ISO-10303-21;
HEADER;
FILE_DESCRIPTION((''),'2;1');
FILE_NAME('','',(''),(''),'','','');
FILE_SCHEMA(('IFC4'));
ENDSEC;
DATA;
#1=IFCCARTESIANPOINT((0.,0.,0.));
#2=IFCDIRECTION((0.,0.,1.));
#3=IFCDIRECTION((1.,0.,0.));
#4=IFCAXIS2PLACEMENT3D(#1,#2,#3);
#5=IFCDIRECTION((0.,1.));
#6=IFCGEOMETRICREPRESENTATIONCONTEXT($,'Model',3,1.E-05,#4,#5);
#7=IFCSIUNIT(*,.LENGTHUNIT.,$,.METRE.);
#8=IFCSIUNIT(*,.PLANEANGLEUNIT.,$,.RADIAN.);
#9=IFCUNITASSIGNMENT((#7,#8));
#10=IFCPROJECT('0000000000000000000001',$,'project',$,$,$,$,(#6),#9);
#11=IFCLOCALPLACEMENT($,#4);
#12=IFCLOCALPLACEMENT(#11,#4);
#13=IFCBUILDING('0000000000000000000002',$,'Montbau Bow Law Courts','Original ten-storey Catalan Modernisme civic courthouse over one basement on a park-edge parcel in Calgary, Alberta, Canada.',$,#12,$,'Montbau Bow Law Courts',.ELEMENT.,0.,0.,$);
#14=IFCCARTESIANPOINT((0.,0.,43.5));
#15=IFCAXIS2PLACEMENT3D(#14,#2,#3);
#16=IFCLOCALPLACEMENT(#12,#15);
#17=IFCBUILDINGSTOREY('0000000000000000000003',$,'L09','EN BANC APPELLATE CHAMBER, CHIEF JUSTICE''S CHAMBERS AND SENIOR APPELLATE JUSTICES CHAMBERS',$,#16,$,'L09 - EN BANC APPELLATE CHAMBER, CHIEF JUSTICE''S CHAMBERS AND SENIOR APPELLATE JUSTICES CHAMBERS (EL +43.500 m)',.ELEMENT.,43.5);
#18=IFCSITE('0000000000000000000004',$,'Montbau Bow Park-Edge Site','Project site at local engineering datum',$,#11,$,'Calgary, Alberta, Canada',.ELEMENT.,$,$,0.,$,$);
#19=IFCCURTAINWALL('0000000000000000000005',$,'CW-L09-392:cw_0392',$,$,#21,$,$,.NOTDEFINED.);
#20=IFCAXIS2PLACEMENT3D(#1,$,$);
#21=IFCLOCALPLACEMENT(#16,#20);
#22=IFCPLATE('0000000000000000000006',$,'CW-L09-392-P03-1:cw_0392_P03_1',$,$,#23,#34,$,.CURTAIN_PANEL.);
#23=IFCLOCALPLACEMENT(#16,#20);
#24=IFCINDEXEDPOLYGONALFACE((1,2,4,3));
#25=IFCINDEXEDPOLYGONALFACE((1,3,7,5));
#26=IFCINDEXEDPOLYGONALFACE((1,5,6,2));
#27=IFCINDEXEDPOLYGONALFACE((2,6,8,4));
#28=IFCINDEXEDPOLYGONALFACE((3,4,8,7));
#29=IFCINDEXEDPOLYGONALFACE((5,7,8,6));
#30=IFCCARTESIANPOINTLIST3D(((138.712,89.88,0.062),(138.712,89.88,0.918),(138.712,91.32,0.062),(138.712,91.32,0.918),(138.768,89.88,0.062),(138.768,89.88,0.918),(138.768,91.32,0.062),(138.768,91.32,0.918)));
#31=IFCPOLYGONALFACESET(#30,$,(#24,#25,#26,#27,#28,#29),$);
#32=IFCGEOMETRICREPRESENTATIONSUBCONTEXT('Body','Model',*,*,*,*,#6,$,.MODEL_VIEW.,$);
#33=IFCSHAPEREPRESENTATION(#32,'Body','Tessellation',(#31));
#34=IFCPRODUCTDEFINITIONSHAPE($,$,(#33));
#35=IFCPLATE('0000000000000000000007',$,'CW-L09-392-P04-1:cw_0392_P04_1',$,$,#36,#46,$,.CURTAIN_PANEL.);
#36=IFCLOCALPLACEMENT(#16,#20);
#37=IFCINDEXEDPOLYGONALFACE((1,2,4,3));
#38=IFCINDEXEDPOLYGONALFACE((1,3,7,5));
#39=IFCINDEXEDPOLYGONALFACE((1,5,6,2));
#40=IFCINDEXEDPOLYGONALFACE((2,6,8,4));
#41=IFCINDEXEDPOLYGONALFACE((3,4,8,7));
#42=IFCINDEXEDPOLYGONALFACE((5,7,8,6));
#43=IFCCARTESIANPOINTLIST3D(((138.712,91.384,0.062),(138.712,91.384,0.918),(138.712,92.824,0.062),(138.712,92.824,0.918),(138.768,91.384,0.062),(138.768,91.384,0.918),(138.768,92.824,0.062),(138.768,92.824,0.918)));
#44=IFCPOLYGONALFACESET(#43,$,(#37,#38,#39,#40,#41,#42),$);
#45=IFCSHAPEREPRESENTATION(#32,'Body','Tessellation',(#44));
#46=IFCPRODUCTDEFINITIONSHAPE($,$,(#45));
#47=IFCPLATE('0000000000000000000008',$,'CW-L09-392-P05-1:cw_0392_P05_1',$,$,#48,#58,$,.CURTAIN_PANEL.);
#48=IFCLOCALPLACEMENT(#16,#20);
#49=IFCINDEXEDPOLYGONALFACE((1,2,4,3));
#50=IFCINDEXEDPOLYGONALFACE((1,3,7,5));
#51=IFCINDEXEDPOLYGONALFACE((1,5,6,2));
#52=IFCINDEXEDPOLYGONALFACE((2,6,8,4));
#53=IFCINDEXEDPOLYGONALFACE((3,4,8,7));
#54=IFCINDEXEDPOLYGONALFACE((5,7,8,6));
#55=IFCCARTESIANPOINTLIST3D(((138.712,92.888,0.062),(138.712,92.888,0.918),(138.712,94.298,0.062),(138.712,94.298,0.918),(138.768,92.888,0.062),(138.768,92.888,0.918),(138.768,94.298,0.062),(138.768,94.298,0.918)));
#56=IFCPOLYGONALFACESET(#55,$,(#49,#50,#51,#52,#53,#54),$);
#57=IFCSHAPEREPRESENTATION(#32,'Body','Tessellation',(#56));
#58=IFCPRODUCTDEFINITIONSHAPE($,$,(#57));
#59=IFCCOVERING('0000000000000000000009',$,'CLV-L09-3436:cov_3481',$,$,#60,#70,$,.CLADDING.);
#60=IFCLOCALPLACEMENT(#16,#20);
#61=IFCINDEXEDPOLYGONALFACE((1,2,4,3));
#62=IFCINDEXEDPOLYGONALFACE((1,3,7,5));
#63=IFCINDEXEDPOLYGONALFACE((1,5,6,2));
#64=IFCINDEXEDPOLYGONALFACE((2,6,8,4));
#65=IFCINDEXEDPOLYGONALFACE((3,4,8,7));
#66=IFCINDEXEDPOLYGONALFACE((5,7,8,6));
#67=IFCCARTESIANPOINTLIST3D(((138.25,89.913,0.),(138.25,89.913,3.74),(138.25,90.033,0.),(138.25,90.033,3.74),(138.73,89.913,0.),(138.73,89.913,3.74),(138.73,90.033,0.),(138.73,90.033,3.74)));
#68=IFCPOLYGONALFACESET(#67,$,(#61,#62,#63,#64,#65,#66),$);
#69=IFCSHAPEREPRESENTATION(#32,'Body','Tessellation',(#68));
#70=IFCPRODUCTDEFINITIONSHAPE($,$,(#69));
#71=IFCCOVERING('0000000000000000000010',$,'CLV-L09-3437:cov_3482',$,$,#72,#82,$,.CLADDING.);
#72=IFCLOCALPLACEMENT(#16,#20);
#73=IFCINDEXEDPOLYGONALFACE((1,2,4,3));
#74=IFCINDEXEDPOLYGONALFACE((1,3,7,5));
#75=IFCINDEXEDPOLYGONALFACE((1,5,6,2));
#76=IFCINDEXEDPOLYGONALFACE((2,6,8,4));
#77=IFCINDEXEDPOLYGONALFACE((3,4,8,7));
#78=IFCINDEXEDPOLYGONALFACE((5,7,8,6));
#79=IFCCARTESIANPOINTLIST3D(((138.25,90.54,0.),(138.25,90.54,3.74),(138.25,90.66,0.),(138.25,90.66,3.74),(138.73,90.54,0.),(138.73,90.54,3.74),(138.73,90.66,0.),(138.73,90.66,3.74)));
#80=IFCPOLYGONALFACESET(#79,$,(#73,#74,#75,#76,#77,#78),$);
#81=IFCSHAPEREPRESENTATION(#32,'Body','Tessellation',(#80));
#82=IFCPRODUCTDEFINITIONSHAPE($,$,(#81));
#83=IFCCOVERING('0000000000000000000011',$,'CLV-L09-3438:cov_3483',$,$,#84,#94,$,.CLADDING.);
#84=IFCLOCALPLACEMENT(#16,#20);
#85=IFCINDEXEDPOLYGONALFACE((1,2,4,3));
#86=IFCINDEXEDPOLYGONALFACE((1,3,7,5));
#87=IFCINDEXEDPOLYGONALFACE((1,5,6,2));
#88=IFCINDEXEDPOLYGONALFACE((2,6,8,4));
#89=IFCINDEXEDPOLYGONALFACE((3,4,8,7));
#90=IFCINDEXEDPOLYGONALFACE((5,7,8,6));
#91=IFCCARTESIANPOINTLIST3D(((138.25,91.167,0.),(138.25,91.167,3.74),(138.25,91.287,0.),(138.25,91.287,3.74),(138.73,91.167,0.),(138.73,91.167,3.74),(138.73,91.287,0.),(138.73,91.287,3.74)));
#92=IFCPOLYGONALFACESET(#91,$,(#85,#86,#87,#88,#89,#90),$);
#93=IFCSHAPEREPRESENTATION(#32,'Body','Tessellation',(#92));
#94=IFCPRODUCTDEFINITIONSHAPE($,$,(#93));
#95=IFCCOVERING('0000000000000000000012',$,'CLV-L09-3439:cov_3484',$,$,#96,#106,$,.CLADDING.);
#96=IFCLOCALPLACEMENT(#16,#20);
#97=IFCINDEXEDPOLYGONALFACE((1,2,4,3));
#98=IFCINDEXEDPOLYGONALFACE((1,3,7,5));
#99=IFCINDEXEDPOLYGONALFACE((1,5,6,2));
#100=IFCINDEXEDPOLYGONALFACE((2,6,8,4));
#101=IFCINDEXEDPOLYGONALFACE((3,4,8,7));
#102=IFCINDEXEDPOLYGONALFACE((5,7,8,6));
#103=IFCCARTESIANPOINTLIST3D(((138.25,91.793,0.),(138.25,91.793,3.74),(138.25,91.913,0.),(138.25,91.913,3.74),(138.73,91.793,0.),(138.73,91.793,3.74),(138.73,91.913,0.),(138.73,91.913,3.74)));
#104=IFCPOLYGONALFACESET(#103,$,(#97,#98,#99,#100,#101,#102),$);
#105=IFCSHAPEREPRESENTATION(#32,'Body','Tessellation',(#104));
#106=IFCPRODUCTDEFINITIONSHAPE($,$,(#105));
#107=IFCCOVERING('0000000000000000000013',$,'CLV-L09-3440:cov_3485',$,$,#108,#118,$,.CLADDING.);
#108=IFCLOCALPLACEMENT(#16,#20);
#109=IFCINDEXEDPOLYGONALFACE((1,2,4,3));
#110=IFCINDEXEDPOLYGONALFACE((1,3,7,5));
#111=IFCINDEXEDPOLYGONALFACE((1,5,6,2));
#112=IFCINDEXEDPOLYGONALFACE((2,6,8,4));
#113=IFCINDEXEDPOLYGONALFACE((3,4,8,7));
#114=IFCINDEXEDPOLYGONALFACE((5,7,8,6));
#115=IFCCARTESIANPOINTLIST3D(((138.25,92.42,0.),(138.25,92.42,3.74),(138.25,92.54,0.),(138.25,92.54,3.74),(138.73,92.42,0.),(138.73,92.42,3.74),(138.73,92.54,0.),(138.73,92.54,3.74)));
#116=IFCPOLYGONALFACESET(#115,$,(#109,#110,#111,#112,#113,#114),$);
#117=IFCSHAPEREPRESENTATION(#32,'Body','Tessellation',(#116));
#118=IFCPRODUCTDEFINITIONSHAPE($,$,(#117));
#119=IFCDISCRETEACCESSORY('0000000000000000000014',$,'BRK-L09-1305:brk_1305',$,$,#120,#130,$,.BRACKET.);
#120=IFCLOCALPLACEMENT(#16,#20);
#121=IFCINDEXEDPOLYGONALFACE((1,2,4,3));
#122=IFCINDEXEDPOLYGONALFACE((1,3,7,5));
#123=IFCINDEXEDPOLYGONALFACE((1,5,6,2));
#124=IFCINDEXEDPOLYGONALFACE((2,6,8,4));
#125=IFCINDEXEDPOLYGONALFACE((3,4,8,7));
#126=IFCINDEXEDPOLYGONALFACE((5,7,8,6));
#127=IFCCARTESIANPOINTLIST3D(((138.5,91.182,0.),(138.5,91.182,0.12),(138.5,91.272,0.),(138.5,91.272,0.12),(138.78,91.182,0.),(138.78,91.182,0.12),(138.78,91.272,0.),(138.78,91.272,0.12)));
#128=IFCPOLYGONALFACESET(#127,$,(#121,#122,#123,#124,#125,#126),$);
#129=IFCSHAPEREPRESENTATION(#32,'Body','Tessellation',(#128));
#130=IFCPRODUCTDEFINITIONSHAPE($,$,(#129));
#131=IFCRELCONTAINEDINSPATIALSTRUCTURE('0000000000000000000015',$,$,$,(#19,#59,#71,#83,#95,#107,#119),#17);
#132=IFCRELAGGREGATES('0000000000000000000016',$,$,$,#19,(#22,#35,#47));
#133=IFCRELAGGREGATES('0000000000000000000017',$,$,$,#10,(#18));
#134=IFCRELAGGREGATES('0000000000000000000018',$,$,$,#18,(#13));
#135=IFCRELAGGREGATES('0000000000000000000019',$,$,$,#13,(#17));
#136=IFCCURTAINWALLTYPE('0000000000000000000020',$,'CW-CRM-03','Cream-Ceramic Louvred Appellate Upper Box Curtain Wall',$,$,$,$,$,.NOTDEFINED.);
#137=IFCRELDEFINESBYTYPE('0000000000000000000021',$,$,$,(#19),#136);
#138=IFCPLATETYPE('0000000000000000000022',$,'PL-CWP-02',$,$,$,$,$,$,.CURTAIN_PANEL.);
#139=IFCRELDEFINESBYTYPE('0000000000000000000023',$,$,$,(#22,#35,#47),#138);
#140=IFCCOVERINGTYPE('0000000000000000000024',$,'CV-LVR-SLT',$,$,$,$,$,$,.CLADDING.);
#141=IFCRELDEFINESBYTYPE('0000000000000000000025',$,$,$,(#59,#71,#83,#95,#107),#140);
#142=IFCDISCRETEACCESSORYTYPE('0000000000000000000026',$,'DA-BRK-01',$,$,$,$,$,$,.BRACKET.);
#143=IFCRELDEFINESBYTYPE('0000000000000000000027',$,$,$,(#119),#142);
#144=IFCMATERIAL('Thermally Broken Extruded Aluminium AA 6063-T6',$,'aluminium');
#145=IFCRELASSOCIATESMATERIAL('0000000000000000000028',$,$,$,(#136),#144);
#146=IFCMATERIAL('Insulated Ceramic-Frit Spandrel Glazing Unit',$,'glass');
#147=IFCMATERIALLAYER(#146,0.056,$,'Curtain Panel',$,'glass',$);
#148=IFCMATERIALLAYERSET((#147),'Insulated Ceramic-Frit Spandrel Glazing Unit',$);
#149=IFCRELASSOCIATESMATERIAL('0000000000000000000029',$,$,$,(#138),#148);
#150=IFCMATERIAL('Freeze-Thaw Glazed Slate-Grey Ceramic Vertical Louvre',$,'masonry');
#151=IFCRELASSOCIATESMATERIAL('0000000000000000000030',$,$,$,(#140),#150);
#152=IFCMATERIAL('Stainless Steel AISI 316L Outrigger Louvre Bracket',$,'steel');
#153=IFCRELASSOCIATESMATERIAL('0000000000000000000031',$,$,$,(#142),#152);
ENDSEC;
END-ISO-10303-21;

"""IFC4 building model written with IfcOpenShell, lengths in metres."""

from ifc_helpers import new_model, si_unit, direction, frame, frame_2d, origin_with_axes, origin_2d_with_axis, place, context, subcontext, project, spatial, rectangle, extrude, material, layer, layer_set, type_object, element, aggregate, save


model = new_model("IFC4")

# Units and contexts
model_context = context("Model", 3, precision=1e-05, world=origin_with_axes(), true_north=direction((0.0, 1.0)))
body_context = subcontext(model_context, "Body", "Model", "MODEL_VIEW")
ifc_project = project(units=[si_unit("LENGTHUNIT", "METRE"), si_unit("PLANEANGLEUNIT", "RADIAN")], contexts=[model_context])

# Site, building, storey
site_placement = place(None, origin_with_axes())
site = spatial("IfcSite", under=ifc_project, at=site_placement, Name="Montbau Bow Park-Edge Site", Description="Project site at local engineering datum", LongName="Calgary, Alberta, Canada", CompositionType="ELEMENT", RefElevation=0.0)
building_placement = place(site_placement, origin_with_axes())
building = spatial("IfcBuilding", under=site, at=building_placement, Name="Montbau Bow Law Courts", Description="Original ten-storey Catalan Modernisme civic courthouse over one basement on a park-edge parcel in Calgary, Alberta, Canada.", LongName="Montbau Bow Law Courts", CompositionType="ELEMENT", ElevationOfRefHeight=0.0, ElevationOfTerrain=0.0)
storey_placement = place(building_placement, frame((0.0, 0.0, 43.5), z_axis=(0.0, 0.0, 1.0), x_axis=(1.0, 0.0, 0.0)))
storey = spatial("IfcBuildingStorey", under=building, at=storey_placement, Name="L09", Description="EN BANC APPELLATE CHAMBER, CHIEF JUSTICE'S CHAMBERS AND SENIOR APPELLATE JUSTICES CHAMBERS", LongName="L09 - EN BANC APPELLATE CHAMBER, CHIEF JUSTICE'S CHAMBERS AND SENIOR APPELLATE JUSTICES CHAMBERS (EL +43.500 m)", CompositionType="ELEMENT", Elevation=43.5)

# Curtain wall, plates
ifc_material_1 = material(Name="Thermally Broken Extruded Aluminium AA 6063-T6", Category="aluminium")
curtain_wall_type = type_object("IfcCurtainWallType", Name="CW-CRM-03", Description="Cream-Ceramic Louvred Appellate Upper Box Curtain Wall", PredefinedType="NOTDEFINED", material=ifc_material_1)
curtain_wall_placement = place(None, frame((138.74, 86.84, 43.5), z_axis=(0.0, 0.0, 1.0), x_axis=(1.0, 0.0, 0.0)))
curtain_wall = element("IfcCurtainWall", 1, at=curtain_wall_placement, inside=storey, type_object=curtain_wall_type, Name="CW-L09-392:cw_0392", PredefinedType="NOTDEFINED")
ifc_material_2 = material(Name="Insulated Ceramic-Frit Spandrel Glazing Unit", Category="glass")
ifc_layer_1 = layer(ifc_material_2, 0.056, Name="Curtain Panel", Category="glass")
ifc_layer_set_1 = layer_set([ifc_layer_1], Name="Insulated Ceramic-Frit Spandrel Glazing Unit")
plate_type_1 = type_object("IfcPlateType", Name="PL-CWP-02", PredefinedType="CURTAIN_PANEL", material=ifc_layer_set_1)
plate_1_placement = place(None, frame((138.74, 89.88, 43.562), z_axis=(1.0, 0.0, 0.0), x_axis=(0.0, 1.0, 0.0)))
plate_1 = element("IfcPlate", 2, at=plate_1_placement, type_object=plate_type_1, Name="CW-L09-392-P03-1:cw_0392_P03_1", PredefinedType="CURTAIN_PANEL", context=body_context, shape_type="SweptSolid", body=[
    extrude(rectangle(XDim=1.44, YDim=0.856, at=frame_2d((0.72, 0.428), x_axis=(1.0, 0.0))), frame((0.0, 0.0, -0.028), z_axis=(0.0, 0.0, 1.0), x_axis=(1.0, 0.0, 0.0)), (0.0, 0.0, 1.0), 0.056),
])
plate_2_placement = place(None, frame((138.74, 91.384, 43.562), z_axis=(1.0, 0.0, 0.0), x_axis=(0.0, 1.0, 0.0)))
plate_2 = element("IfcPlate", 3, at=plate_2_placement, type_object=plate_type_1, Name="CW-L09-392-P04-1:cw_0392_P04_1", PredefinedType="CURTAIN_PANEL", context=body_context, shape_type="SweptSolid", body=[
    extrude(rectangle(XDim=1.44, YDim=0.856, at=frame_2d((0.72, 0.428), x_axis=(1.0, 0.0))), frame((0.0, 0.0, -0.028), z_axis=(0.0, 0.0, 1.0), x_axis=(1.0, 0.0, 0.0)), (0.0, 0.0, 1.0), 0.056),
])
plate_3_placement = place(None, frame((138.74, 92.888, 43.562), z_axis=(1.0, 0.0, 0.0), x_axis=(0.0, 1.0, 0.0)))
plate_3 = element("IfcPlate", 4, at=plate_3_placement, type_object=plate_type_1, Name="CW-L09-392-P05-1:cw_0392_P05_1", PredefinedType="CURTAIN_PANEL", context=body_context, shape_type="SweptSolid", body=[
    extrude(rectangle(XDim=1.41, YDim=0.856, at=frame_2d((0.705, 0.428), x_axis=(1.0, 0.0))), frame((0.0, 0.0, -0.028), z_axis=(0.0, 0.0, 1.0), x_axis=(1.0, 0.0, 0.0)), (0.0, 0.0, 1.0), 0.056),
])
aggregate(curtain_wall, [plate_1, plate_2, plate_3])

# Coverings
ifc_material_3 = material(Name="Freeze-Thaw Glazed Slate-Grey Ceramic Vertical Louvre", Category="masonry")
covering_type = type_object("IfcCoveringType", Name="CV-LVR-SLT", PredefinedType="CLADDING", material=ifc_material_3)
for number, where, z_axis, x_axis, name in (
    (5, (138.73, 89.973, 43.5), (0.0, 1.0, 0.0), (-1.0, 0.0, 0.0), "CLV-L09-3436:cov_3481"),
    (6, (138.73, 90.6, 43.5), (0.0, 1.0, 0.0), (-1.0, 0.0, 0.0), "CLV-L09-3437:cov_3482"),
    (7, (138.73, 91.227, 43.5), (0.0, 1.0, 0.0), (-1.0, 0.0, 0.0), "CLV-L09-3438:cov_3483"),
    (8, (138.73, 91.853, 43.5), (0.0, 1.0, 0.0), (-1.0, 0.0, 0.0), "CLV-L09-3439:cov_3484"),
    (9, (138.73, 92.48, 43.5), (0.0, 1.0, 0.0), (-1.0, 0.0, 0.0), "CLV-L09-3440:cov_3485"),
):
    element("IfcCovering", number, at=place(None, frame(where, z_axis=z_axis, x_axis=x_axis)), inside=storey, type_object=covering_type, Name=name, PredefinedType="CLADDING", context=body_context, shape_type="SweptSolid", body=[
        extrude(rectangle(XDim=0.48, YDim=3.74, at=frame_2d((0.24, 1.87), x_axis=(1.0, 0.0))), frame((0.0, 0.0, -0.06), z_axis=(0.0, 0.0, 1.0), x_axis=(1.0, 0.0, 0.0)), (0.0, 0.0, 1.0), 0.12),
    ])

# Discrete accessory
ifc_material_4 = material(Name="Stainless Steel AISI 316L Outrigger Louvre Bracket", Category="steel")
discrete_accessory_type = type_object("IfcDiscreteAccessoryType", Name="DA-BRK-01", PredefinedType="BRACKET", material=ifc_material_4)
discrete_accessory_placement = place(None, frame((138.64, 91.227, 43.5), z_axis=(0.0, 0.0, 1.0), x_axis=(-1.0, 0.0, 0.0)))
element("IfcDiscreteAccessory", 10, at=discrete_accessory_placement, inside=storey, type_object=discrete_accessory_type, Name="BRK-L09-1305:brk_1305", PredefinedType="BRACKET", context=body_context, shape_type="SweptSolid", body=[
    extrude(rectangle(XDim=0.28, YDim=0.09, at=origin_2d_with_axis()), origin_with_axes(), (0.0, 0.0, 1.0), 0.12),
])

save(model, "model.ifc")
